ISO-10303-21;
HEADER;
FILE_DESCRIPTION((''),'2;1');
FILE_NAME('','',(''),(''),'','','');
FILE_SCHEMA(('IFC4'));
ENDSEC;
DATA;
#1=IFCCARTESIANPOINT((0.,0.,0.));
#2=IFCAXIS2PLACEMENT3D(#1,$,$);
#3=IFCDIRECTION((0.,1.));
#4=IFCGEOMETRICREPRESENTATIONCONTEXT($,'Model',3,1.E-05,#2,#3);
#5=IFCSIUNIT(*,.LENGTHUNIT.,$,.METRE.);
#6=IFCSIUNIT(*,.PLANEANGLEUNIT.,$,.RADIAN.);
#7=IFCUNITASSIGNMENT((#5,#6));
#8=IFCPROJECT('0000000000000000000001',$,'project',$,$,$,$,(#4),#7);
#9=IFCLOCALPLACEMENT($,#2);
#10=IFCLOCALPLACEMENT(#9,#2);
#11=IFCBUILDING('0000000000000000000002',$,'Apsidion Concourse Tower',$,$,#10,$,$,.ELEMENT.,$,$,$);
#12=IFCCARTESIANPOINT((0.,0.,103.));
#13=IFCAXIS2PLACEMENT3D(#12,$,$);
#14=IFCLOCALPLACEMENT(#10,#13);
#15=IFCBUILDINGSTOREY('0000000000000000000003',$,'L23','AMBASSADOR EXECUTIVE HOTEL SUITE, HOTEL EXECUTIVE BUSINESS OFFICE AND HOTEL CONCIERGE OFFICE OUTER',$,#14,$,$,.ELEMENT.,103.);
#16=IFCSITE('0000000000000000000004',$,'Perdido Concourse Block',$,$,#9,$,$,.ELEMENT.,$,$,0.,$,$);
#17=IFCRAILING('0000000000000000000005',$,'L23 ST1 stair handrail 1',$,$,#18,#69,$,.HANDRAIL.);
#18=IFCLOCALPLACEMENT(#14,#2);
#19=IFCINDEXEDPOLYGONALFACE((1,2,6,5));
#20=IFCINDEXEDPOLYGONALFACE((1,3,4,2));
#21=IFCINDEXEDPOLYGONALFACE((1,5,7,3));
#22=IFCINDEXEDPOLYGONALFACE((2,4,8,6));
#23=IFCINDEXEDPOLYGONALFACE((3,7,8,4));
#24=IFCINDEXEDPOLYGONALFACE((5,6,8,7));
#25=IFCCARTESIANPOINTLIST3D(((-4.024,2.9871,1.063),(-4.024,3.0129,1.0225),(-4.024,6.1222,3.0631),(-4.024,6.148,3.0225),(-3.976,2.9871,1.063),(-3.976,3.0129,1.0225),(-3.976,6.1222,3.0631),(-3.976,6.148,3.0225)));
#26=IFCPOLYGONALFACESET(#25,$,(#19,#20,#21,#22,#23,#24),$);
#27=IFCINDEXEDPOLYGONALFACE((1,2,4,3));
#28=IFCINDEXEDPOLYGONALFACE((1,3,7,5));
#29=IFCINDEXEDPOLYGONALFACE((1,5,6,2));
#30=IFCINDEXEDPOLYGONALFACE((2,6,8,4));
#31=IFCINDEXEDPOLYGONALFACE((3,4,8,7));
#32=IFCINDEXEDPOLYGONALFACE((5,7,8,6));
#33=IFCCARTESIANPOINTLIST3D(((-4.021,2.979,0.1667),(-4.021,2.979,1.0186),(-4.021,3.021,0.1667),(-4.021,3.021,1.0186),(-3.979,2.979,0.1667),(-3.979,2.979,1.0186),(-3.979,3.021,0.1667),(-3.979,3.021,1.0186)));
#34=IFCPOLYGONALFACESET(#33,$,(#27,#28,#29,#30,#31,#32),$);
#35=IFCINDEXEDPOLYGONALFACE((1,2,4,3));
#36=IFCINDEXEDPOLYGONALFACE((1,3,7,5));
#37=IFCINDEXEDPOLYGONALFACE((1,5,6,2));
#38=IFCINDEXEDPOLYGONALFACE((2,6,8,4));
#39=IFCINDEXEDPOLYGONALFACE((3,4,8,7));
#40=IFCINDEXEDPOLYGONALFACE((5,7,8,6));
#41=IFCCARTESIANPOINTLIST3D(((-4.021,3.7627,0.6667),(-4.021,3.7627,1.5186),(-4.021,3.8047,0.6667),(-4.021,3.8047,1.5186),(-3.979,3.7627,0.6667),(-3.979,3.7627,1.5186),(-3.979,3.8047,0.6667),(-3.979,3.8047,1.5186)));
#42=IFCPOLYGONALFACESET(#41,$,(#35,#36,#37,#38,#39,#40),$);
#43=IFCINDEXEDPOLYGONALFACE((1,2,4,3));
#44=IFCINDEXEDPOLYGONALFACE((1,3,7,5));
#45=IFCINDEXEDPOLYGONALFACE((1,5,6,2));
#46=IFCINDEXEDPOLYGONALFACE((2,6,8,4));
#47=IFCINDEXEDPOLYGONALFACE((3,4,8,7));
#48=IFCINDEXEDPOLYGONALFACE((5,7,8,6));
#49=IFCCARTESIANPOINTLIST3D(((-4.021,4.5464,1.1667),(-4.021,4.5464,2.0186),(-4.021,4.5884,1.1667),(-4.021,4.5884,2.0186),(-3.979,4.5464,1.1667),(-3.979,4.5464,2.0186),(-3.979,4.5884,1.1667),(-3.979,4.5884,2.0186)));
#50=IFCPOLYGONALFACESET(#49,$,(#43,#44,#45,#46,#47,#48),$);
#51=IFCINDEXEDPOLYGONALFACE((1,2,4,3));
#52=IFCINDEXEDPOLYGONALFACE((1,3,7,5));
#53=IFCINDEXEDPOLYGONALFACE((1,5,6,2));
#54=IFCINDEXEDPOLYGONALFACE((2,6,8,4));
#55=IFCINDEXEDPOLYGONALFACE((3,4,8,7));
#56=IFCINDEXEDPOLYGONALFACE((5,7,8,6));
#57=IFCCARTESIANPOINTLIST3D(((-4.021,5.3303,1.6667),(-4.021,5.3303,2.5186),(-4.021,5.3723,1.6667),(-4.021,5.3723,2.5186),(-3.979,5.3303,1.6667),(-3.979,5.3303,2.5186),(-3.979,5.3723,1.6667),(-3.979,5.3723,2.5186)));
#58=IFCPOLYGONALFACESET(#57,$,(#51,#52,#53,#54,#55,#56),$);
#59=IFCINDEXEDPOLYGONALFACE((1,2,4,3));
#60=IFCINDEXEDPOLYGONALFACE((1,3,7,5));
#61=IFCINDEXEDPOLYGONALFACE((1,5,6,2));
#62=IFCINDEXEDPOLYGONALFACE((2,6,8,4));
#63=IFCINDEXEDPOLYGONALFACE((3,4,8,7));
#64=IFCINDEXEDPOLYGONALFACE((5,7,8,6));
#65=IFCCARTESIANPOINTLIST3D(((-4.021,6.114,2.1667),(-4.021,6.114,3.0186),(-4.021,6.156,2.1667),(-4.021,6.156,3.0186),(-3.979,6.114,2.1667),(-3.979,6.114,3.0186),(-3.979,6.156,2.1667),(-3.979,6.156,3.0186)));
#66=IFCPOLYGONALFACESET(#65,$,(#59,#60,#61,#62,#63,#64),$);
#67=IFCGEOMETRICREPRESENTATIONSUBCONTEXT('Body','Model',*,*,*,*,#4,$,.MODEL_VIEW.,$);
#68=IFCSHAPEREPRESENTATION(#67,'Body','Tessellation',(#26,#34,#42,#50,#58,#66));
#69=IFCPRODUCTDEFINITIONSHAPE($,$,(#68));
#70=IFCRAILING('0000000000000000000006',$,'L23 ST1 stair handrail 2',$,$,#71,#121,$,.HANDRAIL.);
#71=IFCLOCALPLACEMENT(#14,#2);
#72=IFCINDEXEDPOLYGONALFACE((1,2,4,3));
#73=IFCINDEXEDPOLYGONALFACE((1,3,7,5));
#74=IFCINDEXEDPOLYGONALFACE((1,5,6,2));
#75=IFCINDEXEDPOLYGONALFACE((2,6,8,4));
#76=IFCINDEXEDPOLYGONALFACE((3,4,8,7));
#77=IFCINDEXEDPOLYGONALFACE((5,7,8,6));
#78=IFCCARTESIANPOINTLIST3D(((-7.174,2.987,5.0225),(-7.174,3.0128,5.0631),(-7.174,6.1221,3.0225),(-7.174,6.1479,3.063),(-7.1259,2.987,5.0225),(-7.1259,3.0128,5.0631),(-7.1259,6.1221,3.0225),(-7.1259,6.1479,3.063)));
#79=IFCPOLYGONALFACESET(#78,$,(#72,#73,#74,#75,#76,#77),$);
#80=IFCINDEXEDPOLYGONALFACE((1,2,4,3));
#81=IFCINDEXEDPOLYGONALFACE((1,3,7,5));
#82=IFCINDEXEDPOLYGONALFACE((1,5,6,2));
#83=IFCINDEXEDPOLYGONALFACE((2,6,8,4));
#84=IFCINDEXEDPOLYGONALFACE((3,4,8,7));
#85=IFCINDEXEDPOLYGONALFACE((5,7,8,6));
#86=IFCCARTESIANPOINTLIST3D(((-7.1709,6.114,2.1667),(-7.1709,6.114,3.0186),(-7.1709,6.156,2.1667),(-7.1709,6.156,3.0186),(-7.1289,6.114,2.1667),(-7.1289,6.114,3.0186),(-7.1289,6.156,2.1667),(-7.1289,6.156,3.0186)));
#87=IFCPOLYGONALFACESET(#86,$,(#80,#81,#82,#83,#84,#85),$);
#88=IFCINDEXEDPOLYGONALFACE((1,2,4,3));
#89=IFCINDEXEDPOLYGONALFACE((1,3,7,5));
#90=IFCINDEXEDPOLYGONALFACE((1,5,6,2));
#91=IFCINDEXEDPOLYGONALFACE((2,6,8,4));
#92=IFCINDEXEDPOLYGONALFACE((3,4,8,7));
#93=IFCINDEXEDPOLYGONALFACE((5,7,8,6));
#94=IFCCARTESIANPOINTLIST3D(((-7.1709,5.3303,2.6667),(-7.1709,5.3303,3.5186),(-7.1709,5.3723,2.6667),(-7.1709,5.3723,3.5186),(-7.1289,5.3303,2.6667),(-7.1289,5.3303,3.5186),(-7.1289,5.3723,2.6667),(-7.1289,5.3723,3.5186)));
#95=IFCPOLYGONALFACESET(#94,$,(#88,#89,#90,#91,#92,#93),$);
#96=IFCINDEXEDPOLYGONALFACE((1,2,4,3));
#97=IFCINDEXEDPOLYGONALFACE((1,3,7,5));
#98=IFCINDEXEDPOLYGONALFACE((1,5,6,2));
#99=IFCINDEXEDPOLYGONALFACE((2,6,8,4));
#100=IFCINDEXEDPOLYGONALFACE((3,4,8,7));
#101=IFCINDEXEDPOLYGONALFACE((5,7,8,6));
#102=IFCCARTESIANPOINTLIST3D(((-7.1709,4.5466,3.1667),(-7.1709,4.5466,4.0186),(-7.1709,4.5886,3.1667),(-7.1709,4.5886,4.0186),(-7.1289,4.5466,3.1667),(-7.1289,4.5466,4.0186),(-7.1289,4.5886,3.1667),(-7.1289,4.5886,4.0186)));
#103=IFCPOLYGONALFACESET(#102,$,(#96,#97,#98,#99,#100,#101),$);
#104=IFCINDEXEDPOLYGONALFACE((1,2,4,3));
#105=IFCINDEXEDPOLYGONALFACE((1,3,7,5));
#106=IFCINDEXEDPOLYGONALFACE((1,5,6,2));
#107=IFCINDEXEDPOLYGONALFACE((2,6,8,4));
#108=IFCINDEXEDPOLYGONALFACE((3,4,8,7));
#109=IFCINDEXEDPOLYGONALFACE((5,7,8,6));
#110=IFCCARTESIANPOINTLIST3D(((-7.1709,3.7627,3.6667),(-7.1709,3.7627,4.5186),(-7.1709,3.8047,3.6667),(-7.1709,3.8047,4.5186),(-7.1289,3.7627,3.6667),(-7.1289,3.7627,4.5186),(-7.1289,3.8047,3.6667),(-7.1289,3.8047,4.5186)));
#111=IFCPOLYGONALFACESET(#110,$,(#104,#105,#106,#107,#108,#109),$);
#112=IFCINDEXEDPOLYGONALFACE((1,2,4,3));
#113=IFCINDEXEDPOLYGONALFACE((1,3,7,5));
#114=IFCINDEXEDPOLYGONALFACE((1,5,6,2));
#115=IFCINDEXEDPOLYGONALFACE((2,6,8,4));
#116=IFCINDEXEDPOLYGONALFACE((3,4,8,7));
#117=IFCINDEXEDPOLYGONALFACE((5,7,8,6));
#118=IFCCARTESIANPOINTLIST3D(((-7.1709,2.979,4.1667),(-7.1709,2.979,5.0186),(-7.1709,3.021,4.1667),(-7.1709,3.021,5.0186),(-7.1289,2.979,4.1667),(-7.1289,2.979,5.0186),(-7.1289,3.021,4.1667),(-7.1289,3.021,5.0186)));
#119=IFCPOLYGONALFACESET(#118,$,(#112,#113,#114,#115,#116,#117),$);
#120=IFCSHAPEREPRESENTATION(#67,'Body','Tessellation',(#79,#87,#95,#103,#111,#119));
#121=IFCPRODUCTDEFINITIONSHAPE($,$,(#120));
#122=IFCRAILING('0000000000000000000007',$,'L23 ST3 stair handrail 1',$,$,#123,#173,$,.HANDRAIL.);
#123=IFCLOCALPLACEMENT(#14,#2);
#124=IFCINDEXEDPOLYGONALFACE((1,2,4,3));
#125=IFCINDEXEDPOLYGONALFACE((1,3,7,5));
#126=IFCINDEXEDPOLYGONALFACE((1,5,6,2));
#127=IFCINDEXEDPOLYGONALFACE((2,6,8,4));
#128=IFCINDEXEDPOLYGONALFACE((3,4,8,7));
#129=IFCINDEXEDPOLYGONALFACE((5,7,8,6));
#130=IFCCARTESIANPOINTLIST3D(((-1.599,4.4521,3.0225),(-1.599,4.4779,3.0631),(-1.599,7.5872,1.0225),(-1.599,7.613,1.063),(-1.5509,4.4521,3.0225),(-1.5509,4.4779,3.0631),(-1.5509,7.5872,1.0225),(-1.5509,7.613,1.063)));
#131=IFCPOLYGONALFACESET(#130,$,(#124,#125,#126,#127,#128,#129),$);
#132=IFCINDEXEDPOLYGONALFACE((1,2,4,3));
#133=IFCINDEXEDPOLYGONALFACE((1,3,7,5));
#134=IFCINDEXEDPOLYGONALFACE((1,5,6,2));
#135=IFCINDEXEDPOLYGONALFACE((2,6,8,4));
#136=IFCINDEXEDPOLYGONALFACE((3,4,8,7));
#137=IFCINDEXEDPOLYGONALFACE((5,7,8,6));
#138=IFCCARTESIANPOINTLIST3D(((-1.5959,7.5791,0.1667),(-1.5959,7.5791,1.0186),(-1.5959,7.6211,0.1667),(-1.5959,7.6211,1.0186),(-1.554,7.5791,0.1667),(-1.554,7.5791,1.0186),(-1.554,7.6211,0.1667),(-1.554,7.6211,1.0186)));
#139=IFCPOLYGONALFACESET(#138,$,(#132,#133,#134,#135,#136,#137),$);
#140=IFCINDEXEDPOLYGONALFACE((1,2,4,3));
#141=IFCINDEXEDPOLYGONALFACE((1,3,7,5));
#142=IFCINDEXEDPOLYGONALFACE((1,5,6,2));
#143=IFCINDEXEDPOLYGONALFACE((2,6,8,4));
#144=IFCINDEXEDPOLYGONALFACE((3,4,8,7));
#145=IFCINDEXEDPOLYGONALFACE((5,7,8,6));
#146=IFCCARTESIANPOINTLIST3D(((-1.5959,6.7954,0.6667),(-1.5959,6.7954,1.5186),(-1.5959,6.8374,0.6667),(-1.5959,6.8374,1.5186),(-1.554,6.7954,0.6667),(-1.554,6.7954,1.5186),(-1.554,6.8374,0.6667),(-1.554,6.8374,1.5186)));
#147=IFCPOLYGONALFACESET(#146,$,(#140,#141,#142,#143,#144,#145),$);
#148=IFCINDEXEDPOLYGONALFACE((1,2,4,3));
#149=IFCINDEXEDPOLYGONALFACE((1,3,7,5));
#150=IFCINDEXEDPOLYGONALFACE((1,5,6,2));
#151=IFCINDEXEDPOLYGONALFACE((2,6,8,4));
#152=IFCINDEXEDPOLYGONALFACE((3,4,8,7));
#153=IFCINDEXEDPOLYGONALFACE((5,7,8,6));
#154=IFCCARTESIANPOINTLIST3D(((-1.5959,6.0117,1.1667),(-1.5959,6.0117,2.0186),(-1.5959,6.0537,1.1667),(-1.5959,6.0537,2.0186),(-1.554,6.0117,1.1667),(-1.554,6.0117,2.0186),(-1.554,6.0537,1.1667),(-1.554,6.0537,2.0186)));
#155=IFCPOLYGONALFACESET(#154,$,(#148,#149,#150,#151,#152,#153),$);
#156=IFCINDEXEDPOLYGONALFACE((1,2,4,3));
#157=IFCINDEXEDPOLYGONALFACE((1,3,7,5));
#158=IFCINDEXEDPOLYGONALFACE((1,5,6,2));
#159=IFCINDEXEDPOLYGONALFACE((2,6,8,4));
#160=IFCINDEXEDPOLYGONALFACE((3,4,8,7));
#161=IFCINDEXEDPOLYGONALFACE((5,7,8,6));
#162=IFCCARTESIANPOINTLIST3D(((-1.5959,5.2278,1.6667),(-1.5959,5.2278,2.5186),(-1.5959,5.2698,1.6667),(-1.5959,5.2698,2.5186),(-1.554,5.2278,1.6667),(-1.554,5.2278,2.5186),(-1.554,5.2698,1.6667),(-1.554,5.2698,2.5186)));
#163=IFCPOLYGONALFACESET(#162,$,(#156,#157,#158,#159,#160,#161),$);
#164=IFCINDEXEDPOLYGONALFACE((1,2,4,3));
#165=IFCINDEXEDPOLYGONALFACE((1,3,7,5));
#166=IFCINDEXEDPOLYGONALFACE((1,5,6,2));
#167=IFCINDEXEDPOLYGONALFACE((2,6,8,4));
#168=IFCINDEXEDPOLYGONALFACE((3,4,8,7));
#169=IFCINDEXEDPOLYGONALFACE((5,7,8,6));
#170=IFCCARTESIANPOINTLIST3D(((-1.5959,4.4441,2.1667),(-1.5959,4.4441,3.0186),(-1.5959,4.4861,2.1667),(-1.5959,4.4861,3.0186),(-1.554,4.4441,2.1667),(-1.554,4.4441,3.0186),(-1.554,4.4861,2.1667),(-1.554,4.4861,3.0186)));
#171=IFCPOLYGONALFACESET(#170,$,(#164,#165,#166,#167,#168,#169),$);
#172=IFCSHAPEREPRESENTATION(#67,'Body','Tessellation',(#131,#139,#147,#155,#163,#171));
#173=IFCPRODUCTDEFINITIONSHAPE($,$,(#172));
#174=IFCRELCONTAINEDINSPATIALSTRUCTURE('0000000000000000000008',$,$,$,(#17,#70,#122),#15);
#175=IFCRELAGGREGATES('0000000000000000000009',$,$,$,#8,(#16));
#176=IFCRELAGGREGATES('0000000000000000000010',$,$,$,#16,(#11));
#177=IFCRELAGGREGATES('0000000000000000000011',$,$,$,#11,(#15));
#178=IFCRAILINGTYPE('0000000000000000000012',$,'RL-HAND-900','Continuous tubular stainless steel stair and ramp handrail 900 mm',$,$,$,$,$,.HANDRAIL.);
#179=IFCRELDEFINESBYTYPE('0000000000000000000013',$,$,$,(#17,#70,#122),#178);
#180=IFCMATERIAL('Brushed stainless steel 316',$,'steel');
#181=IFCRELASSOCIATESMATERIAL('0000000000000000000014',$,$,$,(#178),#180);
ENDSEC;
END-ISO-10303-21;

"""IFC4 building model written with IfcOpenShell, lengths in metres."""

from ifc_helpers import new_model, si_unit, direction, frame, origin, origin_2d, place, context, subcontext, project, spatial, rectangle, extrude, material, type_object, element, save


model = new_model("IFC4")

# Units and contexts
model_context = context("Model", 3, precision=1e-05, world=origin(), true_north=direction((0.0, 1.0)))
body_context = subcontext(model_context, "Body", "Model", "MODEL_VIEW")
ifc_project = project(units=[si_unit("LENGTHUNIT", "METRE"), si_unit("PLANEANGLEUNIT", "RADIAN")], contexts=[model_context])

# Site, building, storey
site_placement = place(None, origin())
site = spatial("IfcSite", under=ifc_project, at=site_placement, Name="Perdido Concourse Block", CompositionType="ELEMENT", RefElevation=0.0)
building_placement = place(site_placement, origin())
building = spatial("IfcBuilding", under=site, at=building_placement, Name="Apsidion Concourse Tower", CompositionType="ELEMENT")
storey_placement = place(building_placement, frame((0.0, 0.0, 103.0)))
storey = spatial("IfcBuildingStorey", under=building, at=storey_placement, Name="L23", Description="AMBASSADOR EXECUTIVE HOTEL SUITE, HOTEL EXECUTIVE BUSINESS OFFICE AND HOTEL CONCIERGE OFFICE OUTER", CompositionType="ELEMENT", Elevation=103.0)

# Shared definitions
ifc_material_1 = material(Name="Brushed stainless steel 316", Category="steel")

# Railings
railing_type_1 = type_object("IfcRailingType", Name="RL-HAND-900", Description="Continuous tubular stainless steel stair and ramp handrail 900 mm", PredefinedType="HANDRAIL", material=ifc_material_1)
railing_1_placement = place(storey_placement, frame((-4.0, 3.0, 0.1667)))
element("IfcRailing", 1, at=railing_1_placement, inside=storey, type_object=railing_type_1, Name="L23 ST1 stair handrail 1", PredefinedType="HANDRAIL", context=body_context, shape_type="SweptSolid", body=[
    extrude(rectangle(XDim=0.0481, YDim=0.0481, at=origin_2d()), frame((0.0, 0.0, 0.876), z_axis=(0.0, 0.843053, 0.537831), x_axis=(-1.0, 0.0, 0.0)), (0.0, 0.0, 1.0), 3.7188),
    extrude(rectangle(XDim=0.042, YDim=0.042, at=origin_2d()), origin(), (0.0, 0.0, 1.0), 0.8518),
    extrude(rectangle(XDim=0.042, YDim=0.042, at=origin_2d()), frame((0.0, 0.7837, 0.5)), (0.0, 0.0, 1.0), 0.8518),
    extrude(rectangle(XDim=0.042, YDim=0.042, at=origin_2d()), frame((0.0, 1.5674, 1.0)), (0.0, 0.0, 1.0), 0.8518),
    extrude(rectangle(XDim=0.042, YDim=0.042, at=origin_2d()), frame((0.0, 2.3513, 1.5)), (0.0, 0.0, 1.0), 0.8518),
    extrude(rectangle(XDim=0.042, YDim=0.042, at=origin_2d()), frame((0.0, 3.135, 2.0)), (0.0, 0.0, 1.0), 0.8518),
])
for number, where, name in (
    (2, (-7.1499, 6.135, 2.1667), "L23 ST1 stair handrail 2"),
    (3, (-1.575, 7.6001, 0.1667), "L23 ST3 stair handrail 1"),
):
    element("IfcRailing", number, at=place(storey_placement, frame(where)), inside=storey, type_object=railing_type_1, Name=name, PredefinedType="HANDRAIL", context=body_context, shape_type="SweptSolid", body=[
        extrude(rectangle(XDim=0.0481, YDim=0.0481, at=origin_2d()), frame((0.0, 0.0, 0.876), z_axis=(0.0, -0.843053, 0.537831), x_axis=(1.0, 0.0, 0.0)), (0.0, 0.0, 1.0), 3.7188),
        extrude(rectangle(XDim=0.042, YDim=0.042, at=origin_2d()), origin(), (0.0, 0.0, 1.0), 0.8518),
        extrude(rectangle(XDim=0.042, YDim=0.042, at=origin_2d()), frame((0.0, -0.7837, 0.5)), (0.0, 0.0, 1.0), 0.8518),
        extrude(rectangle(XDim=0.042, YDim=0.042, at=origin_2d()), frame((0.0, -1.5674, 1.0)), (0.0, 0.0, 1.0), 0.8518),
        extrude(rectangle(XDim=0.042, YDim=0.042, at=origin_2d()), frame((0.0, -2.3513, 1.5)), (0.0, 0.0, 1.0), 0.8518),
        extrude(rectangle(XDim=0.042, YDim=0.042, at=origin_2d()), frame((0.0, -3.135, 2.0)), (0.0, 0.0, 1.0), 0.8518),
    ])

save(model, "model.ifc")
